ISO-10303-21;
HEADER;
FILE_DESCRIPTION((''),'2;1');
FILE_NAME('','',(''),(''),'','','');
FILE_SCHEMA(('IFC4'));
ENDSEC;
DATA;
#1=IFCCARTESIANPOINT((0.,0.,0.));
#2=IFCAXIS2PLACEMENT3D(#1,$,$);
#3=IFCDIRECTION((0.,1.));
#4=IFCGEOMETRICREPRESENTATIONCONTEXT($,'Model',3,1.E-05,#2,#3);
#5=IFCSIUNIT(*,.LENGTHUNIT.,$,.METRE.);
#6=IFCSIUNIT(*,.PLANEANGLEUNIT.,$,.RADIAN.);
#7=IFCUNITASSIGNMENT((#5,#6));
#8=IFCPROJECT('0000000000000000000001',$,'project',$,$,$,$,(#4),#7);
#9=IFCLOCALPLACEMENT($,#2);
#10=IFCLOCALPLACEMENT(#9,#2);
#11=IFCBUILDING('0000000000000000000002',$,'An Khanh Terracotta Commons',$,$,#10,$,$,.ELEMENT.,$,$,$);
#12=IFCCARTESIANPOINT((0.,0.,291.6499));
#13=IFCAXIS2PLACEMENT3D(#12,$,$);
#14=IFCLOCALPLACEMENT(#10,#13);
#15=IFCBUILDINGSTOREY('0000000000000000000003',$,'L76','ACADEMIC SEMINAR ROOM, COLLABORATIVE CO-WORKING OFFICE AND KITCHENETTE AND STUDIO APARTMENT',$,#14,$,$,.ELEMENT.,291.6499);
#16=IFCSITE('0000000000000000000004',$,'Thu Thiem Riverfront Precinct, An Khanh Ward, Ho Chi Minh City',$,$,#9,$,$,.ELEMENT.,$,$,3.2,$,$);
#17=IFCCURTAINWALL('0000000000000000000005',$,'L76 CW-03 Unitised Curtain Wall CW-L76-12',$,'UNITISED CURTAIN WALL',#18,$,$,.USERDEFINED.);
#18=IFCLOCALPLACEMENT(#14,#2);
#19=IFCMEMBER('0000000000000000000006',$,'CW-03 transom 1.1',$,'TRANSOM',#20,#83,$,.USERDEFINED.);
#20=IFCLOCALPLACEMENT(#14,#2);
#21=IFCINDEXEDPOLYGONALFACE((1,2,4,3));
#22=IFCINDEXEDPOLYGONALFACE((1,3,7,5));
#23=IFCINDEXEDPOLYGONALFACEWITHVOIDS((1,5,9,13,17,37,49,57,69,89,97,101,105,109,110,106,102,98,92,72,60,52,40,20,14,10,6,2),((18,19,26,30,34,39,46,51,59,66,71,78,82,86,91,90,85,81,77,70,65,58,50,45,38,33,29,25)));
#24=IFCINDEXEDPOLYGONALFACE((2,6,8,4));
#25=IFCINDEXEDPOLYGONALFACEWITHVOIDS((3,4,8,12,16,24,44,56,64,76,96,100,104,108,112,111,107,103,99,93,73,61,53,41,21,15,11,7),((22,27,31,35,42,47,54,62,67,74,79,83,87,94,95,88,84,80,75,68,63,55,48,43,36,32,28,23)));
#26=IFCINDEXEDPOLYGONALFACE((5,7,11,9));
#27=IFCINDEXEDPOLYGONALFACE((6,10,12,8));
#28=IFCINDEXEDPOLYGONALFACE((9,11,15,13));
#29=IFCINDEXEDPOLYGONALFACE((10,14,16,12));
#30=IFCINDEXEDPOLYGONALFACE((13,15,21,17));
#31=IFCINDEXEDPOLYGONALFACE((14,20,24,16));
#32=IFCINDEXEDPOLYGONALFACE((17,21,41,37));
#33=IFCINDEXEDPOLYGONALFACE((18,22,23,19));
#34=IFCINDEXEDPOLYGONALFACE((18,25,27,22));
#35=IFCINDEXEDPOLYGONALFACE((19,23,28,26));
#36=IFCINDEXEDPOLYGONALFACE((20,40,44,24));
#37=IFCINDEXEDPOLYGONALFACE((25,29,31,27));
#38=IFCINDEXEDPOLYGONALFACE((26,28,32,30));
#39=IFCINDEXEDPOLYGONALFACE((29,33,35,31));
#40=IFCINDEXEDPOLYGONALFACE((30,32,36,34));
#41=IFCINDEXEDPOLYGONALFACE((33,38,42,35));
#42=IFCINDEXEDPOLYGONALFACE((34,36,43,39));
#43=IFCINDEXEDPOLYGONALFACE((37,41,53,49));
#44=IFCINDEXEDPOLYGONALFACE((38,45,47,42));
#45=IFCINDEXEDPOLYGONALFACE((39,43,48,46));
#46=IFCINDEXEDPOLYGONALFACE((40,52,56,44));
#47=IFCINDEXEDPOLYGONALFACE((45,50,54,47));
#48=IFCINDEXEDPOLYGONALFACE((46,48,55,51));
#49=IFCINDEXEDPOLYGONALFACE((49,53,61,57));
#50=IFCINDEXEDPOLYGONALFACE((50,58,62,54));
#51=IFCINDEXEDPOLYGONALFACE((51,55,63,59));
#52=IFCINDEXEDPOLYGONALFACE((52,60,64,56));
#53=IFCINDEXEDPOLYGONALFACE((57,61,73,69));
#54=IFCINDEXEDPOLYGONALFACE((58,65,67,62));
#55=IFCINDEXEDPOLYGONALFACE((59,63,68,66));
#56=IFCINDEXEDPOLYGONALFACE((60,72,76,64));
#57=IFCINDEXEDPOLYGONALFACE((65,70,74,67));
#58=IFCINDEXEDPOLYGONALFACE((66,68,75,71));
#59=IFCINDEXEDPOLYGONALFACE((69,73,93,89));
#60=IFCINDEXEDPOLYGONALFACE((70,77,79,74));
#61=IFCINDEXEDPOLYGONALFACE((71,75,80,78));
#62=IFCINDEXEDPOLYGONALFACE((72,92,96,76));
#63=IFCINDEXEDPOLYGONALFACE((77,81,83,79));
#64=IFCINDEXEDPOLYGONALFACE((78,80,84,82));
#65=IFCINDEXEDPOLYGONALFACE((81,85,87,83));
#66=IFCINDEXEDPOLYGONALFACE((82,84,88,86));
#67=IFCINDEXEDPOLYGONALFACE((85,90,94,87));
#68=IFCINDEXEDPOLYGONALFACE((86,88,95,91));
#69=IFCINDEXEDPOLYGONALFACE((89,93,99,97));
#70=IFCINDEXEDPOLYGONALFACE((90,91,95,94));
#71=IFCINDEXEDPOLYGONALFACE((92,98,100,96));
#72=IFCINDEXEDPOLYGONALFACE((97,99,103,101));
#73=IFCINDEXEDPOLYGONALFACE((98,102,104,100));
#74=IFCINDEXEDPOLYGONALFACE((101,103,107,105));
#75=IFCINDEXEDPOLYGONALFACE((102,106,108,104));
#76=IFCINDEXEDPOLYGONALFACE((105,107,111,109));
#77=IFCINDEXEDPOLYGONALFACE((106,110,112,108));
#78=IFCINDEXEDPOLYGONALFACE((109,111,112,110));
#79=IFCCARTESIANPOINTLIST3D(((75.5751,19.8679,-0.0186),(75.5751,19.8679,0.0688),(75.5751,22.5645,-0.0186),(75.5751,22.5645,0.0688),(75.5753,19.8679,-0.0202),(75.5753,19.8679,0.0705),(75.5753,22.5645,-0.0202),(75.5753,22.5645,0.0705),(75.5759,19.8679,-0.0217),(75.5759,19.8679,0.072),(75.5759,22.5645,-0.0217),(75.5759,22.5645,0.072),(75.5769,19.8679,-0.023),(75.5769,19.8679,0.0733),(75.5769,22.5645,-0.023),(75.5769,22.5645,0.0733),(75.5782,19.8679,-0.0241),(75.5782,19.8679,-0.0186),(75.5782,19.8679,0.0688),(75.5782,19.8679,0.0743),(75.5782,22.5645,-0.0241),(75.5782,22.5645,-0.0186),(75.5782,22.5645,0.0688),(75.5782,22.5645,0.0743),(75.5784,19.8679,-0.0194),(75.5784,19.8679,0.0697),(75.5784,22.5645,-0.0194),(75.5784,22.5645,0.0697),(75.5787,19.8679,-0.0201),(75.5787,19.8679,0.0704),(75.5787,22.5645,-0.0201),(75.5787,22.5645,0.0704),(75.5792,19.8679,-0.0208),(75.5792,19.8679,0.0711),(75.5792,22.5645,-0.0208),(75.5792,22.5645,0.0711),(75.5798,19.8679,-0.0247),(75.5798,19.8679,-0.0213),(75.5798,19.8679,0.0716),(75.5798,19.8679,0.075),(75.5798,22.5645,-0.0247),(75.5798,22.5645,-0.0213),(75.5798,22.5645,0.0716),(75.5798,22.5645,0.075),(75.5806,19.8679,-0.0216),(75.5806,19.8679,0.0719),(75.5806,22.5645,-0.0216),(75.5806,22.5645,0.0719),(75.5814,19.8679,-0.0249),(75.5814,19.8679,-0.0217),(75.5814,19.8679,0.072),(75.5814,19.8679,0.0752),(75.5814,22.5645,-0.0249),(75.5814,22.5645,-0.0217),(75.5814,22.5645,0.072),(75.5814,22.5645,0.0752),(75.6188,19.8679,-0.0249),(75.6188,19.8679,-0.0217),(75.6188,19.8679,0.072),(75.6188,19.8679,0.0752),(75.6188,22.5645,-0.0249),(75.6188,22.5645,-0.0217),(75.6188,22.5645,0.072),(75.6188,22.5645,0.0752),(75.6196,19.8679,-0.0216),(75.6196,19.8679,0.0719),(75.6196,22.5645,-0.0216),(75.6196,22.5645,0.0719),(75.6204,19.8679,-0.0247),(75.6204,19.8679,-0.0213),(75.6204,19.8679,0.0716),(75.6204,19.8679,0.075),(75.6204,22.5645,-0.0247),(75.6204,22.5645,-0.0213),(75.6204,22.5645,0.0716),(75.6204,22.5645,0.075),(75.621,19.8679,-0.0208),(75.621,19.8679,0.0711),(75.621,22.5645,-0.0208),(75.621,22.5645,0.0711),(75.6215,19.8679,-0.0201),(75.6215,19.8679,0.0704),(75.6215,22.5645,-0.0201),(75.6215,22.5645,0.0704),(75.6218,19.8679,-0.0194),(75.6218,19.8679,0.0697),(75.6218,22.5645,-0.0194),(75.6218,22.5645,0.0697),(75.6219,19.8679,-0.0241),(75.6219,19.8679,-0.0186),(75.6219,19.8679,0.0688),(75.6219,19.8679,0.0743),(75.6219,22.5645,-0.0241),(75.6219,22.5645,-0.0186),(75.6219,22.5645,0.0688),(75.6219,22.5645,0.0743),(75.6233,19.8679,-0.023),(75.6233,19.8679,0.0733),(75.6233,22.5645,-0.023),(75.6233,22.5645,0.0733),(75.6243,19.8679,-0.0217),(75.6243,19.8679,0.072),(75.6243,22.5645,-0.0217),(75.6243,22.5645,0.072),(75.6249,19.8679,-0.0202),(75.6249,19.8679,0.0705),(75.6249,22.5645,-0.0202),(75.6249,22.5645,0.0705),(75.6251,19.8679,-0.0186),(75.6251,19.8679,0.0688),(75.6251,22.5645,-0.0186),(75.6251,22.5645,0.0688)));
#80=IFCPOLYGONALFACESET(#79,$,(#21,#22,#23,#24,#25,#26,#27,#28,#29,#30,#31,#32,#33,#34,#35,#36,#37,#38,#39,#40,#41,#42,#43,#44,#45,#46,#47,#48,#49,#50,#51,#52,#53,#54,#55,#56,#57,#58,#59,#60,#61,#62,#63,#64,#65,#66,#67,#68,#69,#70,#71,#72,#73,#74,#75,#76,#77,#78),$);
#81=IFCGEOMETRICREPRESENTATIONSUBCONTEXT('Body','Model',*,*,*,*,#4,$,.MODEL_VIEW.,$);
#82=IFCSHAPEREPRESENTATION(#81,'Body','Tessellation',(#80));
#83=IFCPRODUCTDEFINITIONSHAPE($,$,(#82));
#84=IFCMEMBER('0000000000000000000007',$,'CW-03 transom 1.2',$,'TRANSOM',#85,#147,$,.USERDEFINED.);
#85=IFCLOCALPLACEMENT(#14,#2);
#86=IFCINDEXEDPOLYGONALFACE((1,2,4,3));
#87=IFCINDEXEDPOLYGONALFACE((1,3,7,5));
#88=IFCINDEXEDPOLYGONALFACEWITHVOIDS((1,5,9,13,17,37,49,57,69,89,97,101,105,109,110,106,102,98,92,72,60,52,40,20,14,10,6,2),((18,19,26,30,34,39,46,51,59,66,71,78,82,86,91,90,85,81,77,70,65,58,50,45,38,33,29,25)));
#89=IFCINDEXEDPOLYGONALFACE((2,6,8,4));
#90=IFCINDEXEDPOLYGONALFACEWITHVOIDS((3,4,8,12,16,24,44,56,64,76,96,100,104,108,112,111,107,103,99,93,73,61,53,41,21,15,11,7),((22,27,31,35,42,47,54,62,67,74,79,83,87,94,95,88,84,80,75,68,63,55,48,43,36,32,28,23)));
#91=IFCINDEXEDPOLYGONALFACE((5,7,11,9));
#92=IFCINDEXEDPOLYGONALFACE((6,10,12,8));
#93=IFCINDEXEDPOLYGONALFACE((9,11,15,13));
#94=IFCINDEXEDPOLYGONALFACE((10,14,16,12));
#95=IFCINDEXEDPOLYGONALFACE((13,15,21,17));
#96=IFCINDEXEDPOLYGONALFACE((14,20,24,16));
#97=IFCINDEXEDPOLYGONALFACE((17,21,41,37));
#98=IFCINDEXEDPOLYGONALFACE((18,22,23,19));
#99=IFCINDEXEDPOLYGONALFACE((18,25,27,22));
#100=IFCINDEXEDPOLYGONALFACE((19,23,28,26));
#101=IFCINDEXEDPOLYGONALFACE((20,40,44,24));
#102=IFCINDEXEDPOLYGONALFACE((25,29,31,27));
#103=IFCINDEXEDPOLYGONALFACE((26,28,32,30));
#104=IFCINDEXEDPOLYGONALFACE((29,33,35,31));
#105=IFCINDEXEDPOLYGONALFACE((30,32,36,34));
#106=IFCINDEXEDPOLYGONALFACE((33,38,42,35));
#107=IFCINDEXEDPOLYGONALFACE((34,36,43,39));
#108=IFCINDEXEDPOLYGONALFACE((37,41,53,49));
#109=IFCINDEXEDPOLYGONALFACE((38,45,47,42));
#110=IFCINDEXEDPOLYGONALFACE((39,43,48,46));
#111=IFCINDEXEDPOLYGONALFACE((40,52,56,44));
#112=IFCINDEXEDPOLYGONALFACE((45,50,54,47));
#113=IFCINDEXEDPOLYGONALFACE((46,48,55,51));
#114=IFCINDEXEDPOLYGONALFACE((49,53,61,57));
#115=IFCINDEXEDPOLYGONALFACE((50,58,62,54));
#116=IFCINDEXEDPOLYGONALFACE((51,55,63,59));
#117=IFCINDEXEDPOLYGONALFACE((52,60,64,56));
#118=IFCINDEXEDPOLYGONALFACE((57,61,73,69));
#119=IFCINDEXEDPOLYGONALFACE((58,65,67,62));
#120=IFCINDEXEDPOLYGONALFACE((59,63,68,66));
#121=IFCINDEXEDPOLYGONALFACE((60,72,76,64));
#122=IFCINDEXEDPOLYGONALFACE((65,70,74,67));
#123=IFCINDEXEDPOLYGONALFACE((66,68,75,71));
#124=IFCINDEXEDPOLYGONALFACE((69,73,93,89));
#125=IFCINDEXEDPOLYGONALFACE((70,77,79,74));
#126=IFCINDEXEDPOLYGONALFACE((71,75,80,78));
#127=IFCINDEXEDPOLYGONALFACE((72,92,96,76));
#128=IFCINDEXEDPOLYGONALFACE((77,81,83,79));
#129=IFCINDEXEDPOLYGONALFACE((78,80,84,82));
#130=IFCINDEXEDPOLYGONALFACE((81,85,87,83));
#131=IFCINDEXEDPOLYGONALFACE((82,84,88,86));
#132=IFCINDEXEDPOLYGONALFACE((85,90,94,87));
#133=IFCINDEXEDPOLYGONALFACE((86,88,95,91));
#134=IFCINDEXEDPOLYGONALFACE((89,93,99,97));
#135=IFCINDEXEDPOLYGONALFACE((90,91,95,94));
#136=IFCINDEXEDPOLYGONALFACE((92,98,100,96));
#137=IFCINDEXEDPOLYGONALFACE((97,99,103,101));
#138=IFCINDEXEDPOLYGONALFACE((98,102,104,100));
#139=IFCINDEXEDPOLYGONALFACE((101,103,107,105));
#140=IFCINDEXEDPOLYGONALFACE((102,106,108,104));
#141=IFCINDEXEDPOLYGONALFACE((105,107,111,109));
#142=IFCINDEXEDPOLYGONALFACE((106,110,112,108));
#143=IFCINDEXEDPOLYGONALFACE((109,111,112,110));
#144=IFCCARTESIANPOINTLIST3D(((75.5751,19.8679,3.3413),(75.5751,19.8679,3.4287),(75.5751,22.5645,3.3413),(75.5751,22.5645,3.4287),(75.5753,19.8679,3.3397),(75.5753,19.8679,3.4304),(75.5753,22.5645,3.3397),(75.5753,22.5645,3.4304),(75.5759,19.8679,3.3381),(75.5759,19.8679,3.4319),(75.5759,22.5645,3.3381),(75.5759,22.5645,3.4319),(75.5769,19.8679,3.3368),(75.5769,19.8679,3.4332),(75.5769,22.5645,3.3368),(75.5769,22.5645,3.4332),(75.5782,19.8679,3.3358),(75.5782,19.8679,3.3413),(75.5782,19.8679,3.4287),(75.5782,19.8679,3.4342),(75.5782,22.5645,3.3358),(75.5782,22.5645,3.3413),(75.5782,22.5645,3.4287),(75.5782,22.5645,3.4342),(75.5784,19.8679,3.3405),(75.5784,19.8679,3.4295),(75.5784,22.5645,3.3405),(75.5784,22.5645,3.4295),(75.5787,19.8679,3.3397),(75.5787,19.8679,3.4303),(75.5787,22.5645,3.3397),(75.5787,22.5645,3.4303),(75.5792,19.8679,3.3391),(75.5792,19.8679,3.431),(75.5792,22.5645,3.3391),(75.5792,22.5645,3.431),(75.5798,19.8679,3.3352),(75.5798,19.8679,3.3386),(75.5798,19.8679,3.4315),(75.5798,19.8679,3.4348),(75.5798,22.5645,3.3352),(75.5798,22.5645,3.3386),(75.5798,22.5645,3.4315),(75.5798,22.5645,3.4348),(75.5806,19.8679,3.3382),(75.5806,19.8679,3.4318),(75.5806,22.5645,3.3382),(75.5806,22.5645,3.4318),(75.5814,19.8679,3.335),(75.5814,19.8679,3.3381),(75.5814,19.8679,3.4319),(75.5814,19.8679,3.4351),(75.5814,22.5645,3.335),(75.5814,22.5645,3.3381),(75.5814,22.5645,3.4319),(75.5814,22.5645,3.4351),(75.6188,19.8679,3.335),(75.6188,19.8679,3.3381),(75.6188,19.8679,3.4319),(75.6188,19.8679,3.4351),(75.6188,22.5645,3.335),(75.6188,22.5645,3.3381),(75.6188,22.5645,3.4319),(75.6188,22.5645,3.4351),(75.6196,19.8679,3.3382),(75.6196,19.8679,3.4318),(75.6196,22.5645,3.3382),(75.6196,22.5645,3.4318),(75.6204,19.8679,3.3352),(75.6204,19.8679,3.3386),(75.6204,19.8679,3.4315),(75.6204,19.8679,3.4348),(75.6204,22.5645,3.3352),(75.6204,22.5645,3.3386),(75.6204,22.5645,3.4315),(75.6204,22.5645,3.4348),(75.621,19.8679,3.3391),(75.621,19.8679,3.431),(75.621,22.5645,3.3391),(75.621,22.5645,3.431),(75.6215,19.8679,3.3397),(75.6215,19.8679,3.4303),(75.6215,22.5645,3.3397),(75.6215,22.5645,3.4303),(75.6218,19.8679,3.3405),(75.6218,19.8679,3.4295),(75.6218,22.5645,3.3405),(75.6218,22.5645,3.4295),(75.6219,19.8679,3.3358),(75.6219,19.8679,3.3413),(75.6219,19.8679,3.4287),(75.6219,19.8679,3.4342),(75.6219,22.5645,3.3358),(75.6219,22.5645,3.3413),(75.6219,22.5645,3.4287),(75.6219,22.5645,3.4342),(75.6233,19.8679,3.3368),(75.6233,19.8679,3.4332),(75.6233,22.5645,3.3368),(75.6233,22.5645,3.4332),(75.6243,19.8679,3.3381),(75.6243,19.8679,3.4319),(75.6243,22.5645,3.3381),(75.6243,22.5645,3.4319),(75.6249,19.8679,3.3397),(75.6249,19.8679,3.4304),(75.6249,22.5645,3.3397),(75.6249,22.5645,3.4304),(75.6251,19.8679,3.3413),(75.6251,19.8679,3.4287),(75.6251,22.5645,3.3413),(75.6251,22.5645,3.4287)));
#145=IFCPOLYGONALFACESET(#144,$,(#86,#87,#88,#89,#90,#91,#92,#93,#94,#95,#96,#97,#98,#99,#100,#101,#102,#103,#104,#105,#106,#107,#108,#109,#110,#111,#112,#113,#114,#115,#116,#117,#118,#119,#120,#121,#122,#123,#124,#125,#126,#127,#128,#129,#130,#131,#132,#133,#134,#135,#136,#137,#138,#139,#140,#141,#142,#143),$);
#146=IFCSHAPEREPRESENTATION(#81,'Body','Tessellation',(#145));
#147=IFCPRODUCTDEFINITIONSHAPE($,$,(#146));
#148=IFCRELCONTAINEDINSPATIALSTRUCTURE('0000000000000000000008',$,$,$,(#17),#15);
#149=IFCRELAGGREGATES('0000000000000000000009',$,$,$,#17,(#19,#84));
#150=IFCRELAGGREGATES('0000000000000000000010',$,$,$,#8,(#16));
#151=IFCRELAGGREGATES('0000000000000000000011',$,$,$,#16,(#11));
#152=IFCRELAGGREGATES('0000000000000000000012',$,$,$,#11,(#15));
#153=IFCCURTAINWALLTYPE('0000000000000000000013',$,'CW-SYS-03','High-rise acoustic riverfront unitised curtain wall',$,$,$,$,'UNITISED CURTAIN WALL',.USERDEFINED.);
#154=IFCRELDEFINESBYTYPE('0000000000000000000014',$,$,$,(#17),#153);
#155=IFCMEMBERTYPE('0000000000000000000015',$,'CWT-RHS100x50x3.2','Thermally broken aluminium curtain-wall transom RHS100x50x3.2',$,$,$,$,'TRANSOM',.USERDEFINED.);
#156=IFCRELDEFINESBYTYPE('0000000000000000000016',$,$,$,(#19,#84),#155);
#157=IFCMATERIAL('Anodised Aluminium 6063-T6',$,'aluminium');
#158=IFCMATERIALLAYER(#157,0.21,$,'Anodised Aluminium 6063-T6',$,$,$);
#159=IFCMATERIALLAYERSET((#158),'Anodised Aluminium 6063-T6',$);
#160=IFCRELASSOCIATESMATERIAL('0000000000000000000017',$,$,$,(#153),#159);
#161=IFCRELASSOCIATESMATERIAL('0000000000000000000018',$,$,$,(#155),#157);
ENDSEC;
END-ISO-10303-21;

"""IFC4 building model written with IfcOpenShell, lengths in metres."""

from ifc_helpers import new_model, si_unit, direction, frame, origin, origin_2d, place, context, subcontext, project, spatial, hollow_rectangle, extrude, material, layer, layer_set, material_profile, profile_set, type_object, element, aggregate, save


model = new_model("IFC4")

# Units and contexts
model_context = context("Model", 3, precision=1e-05, world=origin(), true_north=direction((0.0, 1.0)))
body_context = subcontext(model_context, "Body", "Model", "MODEL_VIEW")
ifc_project = project(units=[si_unit("LENGTHUNIT", "METRE"), si_unit("PLANEANGLEUNIT", "RADIAN")], contexts=[model_context])

# Site, building, storey
site_placement = place(None, origin())
site = spatial("IfcSite", under=ifc_project, at=site_placement, Name="Thu Thiem Riverfront Precinct, An Khanh Ward, Ho Chi Minh City", CompositionType="ELEMENT", RefElevation=3.2)
building_placement = place(site_placement, origin())
building = spatial("IfcBuilding", under=site, at=building_placement, Name="An Khanh Terracotta Commons", CompositionType="ELEMENT")
storey_placement = place(building_placement, frame((0.0, 0.0, 291.6499)))
storey = spatial("IfcBuildingStorey", under=building, at=storey_placement, Name="L76", Description="ACADEMIC SEMINAR ROOM, COLLABORATIVE CO-WORKING OFFICE AND KITCHENETTE AND STUDIO APARTMENT", CompositionType="ELEMENT", Elevation=291.6499)

# Curtain wall
ifc_material_1 = material(Name="Anodised Aluminium 6063-T6", Category="aluminium")
ifc_layer_1 = layer(ifc_material_1, 0.21, Name="Anodised Aluminium 6063-T6")
ifc_layer_set_1 = layer_set([ifc_layer_1], Name="Anodised Aluminium 6063-T6")
curtain_wall_type = type_object("IfcCurtainWallType", Name="CW-SYS-03", Description="High-rise acoustic riverfront unitised curtain wall", ElementType="UNITISED CURTAIN WALL", PredefinedType="USERDEFINED", material=ifc_layer_set_1)
curtain_wall_1_placement = place(storey_placement, origin())
curtain_wall_1 = element("IfcCurtainWall", 1, at=curtain_wall_1_placement, inside=storey, type_object=curtain_wall_type, Name="L76 CW-03 Unitised Curtain Wall CW-L76-12", ObjectType="UNITISED CURTAIN WALL", PredefinedType="USERDEFINED")

# Members
ifc_material_profile_1 = material_profile(ifc_material_1, hollow_rectangle(XDim=0.05, YDim=0.1001, WallThickness=0.0032, InnerFilletRadius=0.0032, OuterFilletRadius=0.0063, at=origin_2d()), Name="RHS100x50x3.2")
ifc_profile_set_1 = profile_set([ifc_material_profile_1], Name="Anodised Aluminium 6063-T6")
member_type_1 = type_object("IfcMemberType", Name="CWT-RHS100x50x3.2", Description="Thermally broken aluminium curtain-wall transom RHS100x50x3.2", ElementType="TRANSOM", PredefinedType="USERDEFINED", material=ifc_profile_set_1)
member_1_placement = place(storey_placement, frame((75.6001, 19.8679, 0.0251), z_axis=(0.0, 1.0, 0.0), x_axis=(-1.0, 0.0, 0.0)))
member_1 = element("IfcMember", 2, at=member_1_placement, type_object=member_type_1, Name="CW-03 transom 1.1", ObjectType="TRANSOM", PredefinedType="USERDEFINED", context=body_context, shape_type="SweptSolid", body=[
    extrude(hollow_rectangle(XDim=0.05, YDim=0.1001, WallThickness=0.0032, InnerFilletRadius=0.0032, OuterFilletRadius=0.0063, at=origin_2d()), origin(), (0.0, 0.0, 1.0), 2.6965),
])
member_2_placement = place(storey_placement, frame((75.6001, 19.8679, 3.385), z_axis=(0.0, 1.0, 0.0), x_axis=(-1.0, 0.0, 0.0)))
member_2 = element("IfcMember", 3, at=member_2_placement, type_object=member_type_1, Name="CW-03 transom 1.2", ObjectType="TRANSOM", PredefinedType="USERDEFINED", context=body_context, shape_type="SweptSolid", body=[
    extrude(hollow_rectangle(XDim=0.05, YDim=0.1001, WallThickness=0.0032, InnerFilletRadius=0.0032, OuterFilletRadius=0.0063, at=origin_2d()), origin(), (0.0, 0.0, 1.0), 2.6965),
])

aggregate(curtain_wall_1, [member_1, member_2])

save(model, "model.ifc")
